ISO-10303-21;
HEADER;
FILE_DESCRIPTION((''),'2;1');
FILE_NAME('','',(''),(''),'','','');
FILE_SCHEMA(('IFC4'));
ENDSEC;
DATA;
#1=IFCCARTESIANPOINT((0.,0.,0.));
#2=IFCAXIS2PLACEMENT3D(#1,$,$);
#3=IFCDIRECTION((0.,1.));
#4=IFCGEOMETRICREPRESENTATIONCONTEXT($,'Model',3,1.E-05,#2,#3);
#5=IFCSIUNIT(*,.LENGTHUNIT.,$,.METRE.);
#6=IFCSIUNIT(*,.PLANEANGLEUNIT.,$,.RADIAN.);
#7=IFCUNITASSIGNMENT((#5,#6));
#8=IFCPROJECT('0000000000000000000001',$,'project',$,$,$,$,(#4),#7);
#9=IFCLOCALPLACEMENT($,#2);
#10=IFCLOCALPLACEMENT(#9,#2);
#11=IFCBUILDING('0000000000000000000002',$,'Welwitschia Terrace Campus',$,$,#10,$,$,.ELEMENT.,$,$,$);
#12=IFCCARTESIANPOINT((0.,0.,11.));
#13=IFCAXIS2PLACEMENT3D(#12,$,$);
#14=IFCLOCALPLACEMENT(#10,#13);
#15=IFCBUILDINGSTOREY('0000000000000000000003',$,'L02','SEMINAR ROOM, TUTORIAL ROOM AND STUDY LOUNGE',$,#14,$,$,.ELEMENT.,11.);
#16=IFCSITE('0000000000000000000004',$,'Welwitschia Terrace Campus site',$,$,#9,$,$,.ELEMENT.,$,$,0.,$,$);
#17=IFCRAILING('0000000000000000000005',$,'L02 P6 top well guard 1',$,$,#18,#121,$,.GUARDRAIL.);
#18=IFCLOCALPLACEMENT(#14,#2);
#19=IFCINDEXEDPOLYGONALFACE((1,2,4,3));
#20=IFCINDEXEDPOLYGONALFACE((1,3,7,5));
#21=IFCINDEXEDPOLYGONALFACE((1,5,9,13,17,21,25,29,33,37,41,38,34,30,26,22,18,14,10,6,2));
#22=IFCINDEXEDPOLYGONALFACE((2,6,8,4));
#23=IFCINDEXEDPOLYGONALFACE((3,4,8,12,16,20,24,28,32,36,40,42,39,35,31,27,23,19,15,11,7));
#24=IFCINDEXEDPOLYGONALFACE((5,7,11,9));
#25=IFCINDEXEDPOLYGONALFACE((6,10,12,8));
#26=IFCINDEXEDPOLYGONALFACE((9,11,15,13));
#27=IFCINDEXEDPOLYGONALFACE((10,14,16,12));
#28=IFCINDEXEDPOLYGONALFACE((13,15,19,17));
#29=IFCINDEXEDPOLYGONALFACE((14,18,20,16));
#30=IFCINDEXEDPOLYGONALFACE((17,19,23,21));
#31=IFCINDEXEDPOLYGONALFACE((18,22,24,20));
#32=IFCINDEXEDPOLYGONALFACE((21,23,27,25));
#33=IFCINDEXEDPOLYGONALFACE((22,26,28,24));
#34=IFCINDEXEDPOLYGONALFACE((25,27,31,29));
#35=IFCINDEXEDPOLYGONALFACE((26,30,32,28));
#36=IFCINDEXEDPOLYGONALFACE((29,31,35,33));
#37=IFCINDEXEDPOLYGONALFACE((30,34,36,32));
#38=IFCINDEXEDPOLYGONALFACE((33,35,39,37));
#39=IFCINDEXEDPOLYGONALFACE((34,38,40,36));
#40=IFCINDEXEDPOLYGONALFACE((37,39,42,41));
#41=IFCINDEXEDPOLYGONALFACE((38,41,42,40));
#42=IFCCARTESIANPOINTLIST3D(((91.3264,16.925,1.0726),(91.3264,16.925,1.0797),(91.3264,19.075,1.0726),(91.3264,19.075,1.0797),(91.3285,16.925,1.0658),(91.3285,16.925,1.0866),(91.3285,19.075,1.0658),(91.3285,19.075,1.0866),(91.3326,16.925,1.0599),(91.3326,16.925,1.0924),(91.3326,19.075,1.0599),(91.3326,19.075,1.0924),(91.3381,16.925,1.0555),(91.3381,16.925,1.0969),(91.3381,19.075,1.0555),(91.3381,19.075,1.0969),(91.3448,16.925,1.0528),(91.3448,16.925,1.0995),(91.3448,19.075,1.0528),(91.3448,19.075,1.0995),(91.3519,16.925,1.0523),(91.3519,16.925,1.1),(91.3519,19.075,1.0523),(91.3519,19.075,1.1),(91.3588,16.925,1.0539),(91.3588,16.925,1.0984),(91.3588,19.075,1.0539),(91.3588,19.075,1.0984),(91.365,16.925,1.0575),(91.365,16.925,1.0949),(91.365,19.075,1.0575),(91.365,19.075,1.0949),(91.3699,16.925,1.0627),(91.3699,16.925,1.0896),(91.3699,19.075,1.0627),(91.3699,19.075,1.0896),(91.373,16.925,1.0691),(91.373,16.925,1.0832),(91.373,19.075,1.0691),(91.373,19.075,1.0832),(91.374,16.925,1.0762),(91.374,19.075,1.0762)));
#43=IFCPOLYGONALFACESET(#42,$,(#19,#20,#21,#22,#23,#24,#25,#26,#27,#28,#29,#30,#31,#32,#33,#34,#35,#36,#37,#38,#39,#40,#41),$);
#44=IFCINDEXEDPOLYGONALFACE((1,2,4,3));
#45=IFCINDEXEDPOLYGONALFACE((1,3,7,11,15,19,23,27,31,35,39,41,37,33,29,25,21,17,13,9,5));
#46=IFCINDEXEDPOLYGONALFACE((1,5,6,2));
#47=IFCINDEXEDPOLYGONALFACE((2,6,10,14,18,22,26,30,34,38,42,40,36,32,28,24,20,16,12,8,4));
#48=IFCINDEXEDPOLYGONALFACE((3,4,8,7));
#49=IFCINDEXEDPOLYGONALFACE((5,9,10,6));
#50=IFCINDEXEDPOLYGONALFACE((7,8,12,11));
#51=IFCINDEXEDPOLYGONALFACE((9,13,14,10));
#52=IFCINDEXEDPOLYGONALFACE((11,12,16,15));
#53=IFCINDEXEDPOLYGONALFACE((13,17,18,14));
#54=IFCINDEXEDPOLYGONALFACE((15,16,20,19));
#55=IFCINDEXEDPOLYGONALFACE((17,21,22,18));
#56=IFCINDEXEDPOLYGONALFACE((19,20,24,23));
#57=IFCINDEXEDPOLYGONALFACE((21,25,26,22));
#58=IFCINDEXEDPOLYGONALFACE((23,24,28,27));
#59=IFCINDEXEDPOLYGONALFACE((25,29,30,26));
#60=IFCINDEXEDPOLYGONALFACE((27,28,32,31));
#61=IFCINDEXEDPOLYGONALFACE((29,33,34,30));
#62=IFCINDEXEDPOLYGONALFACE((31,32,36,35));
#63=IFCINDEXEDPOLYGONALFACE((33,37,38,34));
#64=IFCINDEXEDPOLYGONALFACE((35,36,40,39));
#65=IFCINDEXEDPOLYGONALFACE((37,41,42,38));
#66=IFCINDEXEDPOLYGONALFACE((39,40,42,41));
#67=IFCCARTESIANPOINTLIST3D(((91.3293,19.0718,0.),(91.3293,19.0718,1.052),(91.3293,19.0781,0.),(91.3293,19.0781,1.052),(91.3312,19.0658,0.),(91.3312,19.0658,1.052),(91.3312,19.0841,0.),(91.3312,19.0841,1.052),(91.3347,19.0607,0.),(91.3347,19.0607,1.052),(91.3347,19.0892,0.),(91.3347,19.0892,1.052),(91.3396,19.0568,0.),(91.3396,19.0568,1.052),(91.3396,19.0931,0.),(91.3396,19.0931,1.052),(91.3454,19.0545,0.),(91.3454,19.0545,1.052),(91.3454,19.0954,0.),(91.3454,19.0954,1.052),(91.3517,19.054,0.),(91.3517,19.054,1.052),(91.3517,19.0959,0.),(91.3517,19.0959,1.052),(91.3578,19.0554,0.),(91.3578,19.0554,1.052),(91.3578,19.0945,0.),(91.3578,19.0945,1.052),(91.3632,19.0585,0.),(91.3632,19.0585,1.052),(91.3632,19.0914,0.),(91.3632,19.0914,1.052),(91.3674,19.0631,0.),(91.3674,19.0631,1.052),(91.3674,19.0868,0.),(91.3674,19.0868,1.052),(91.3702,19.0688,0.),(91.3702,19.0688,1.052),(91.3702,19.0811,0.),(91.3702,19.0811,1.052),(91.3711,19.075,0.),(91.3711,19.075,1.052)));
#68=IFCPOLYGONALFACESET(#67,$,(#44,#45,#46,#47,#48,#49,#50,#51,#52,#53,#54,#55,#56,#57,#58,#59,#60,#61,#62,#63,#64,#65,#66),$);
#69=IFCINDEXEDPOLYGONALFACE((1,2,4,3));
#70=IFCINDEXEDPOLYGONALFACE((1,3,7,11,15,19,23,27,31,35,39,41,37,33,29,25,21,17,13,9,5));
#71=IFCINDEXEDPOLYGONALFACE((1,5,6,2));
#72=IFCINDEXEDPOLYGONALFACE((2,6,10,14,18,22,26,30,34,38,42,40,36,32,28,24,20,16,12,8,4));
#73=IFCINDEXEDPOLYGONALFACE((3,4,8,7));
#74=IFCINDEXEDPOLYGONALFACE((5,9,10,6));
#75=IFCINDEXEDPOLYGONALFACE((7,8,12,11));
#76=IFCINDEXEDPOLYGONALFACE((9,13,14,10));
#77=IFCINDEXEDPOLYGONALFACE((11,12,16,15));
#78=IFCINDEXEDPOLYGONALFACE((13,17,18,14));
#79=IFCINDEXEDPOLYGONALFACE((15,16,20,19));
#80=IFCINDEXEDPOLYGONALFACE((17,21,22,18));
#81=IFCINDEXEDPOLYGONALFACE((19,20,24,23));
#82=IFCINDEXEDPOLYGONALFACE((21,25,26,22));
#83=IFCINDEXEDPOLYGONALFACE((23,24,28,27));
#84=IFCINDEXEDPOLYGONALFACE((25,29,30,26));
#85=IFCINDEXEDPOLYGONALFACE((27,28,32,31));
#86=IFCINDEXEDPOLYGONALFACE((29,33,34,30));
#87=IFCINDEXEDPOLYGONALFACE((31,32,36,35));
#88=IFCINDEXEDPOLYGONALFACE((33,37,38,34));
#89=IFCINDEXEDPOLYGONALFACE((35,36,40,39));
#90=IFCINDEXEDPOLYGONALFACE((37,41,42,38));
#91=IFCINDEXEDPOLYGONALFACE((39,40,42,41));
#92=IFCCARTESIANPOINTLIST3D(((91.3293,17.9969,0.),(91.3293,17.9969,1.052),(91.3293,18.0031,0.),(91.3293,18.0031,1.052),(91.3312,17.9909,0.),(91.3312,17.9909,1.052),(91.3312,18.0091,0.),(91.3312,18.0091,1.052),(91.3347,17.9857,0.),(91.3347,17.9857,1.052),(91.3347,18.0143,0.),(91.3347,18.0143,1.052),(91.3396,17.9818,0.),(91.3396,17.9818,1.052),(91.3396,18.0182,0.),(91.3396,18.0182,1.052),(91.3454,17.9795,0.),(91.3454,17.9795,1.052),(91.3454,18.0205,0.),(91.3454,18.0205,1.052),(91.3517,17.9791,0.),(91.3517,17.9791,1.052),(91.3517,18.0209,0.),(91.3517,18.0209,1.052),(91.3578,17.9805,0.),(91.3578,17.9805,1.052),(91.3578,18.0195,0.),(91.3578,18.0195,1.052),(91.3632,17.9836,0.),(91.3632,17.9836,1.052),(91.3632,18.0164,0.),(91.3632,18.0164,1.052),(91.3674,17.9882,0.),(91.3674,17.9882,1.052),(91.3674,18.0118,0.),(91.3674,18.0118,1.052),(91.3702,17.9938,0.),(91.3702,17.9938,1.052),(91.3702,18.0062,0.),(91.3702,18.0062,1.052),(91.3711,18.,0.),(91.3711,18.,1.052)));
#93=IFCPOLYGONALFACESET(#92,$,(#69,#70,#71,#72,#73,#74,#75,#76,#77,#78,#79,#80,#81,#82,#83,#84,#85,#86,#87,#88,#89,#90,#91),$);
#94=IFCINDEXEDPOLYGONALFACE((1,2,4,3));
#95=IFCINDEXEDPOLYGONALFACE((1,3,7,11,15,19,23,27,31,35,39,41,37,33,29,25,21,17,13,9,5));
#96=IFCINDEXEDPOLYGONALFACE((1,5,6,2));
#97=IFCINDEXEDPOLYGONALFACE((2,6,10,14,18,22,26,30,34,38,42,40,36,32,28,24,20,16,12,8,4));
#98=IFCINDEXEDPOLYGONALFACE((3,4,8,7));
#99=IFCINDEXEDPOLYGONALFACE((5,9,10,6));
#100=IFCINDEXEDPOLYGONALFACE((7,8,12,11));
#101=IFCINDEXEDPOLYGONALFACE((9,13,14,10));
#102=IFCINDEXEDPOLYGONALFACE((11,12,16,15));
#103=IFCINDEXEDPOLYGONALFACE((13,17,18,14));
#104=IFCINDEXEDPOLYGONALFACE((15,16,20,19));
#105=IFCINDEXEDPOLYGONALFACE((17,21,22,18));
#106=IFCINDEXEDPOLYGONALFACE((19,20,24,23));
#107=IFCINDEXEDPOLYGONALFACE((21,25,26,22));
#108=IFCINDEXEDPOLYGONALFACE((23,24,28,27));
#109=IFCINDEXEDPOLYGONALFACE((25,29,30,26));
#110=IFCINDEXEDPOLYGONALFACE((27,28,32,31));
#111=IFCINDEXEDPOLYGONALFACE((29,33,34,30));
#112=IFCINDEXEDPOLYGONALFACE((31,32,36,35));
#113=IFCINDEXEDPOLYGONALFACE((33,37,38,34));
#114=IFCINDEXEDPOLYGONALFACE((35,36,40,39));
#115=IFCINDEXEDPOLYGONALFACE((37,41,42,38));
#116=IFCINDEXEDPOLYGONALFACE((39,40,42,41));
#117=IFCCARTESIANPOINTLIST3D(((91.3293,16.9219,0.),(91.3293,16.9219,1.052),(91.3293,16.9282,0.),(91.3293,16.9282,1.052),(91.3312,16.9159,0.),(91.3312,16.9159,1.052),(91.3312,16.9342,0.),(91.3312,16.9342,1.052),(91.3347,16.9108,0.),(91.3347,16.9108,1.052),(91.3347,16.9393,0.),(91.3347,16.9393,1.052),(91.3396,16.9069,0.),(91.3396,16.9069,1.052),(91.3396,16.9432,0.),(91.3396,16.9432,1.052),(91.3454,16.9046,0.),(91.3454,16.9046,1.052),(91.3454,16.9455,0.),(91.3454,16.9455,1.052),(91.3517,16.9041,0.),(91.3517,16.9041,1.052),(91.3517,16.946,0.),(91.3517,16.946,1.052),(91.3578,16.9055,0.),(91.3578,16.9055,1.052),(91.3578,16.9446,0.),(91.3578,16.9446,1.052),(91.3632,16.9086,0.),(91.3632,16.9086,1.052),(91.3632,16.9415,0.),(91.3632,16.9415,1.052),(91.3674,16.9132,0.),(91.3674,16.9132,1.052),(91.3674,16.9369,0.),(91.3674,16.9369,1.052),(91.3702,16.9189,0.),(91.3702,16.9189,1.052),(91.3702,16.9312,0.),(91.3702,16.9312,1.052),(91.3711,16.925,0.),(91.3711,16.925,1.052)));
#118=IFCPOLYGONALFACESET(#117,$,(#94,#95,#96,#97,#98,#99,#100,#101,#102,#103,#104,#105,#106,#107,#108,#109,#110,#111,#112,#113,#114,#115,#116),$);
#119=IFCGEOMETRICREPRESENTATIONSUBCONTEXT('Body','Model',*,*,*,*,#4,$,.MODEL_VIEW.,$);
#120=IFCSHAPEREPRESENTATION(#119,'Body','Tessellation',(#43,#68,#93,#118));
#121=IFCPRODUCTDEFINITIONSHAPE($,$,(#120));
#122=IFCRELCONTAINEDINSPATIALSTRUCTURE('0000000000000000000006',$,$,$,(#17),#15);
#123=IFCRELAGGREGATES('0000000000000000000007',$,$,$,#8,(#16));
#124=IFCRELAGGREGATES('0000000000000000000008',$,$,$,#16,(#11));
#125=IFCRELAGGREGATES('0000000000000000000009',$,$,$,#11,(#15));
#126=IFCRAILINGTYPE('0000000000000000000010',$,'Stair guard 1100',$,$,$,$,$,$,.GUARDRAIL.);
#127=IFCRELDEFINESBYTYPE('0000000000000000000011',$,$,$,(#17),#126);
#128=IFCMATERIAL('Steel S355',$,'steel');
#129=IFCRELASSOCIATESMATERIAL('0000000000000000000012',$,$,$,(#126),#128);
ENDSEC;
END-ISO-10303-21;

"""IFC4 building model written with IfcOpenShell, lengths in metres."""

from ifc_helpers import new_model, si_unit, direction, frame, origin, origin_2d, place, context, subcontext, project, spatial, circle, extrude, material, type_object, element, save


model = new_model("IFC4")

# Units and contexts
model_context = context("Model", 3, precision=1e-05, world=origin(), true_north=direction((0.0, 1.0)))
body_context = subcontext(model_context, "Body", "Model", "MODEL_VIEW")
ifc_project = project(units=[si_unit("LENGTHUNIT", "METRE"), si_unit("PLANEANGLEUNIT", "RADIAN")], contexts=[model_context])

# Site, building, storey
site_placement = place(None, origin())
site = spatial("IfcSite", under=ifc_project, at=site_placement, Name="Welwitschia Terrace Campus site", CompositionType="ELEMENT", RefElevation=0.0)
building_placement = place(site_placement, origin())
building = spatial("IfcBuilding", under=site, at=building_placement, Name="Welwitschia Terrace Campus", CompositionType="ELEMENT")
storey_placement = place(building_placement, frame((0.0, 0.0, 11.0)))
storey = spatial("IfcBuildingStorey", under=building, at=storey_placement, Name="L02", Description="SEMINAR ROOM, TUTORIAL ROOM AND STUDY LOUNGE", CompositionType="ELEMENT", Elevation=11.0)

# Railing
ifc_material_1 = material(Name="Steel S355", Category="steel")
railing_type = type_object("IfcRailingType", Name="Stair guard 1100", PredefinedType="GUARDRAIL", material=ifc_material_1)
railing_1_placement = place(storey_placement, frame((91.3501, 19.075, 0.0)))
element("IfcRailing", 1, at=railing_1_placement, inside=storey, type_object=railing_type, Name="L02 P6 top well guard 1", PredefinedType="GUARDRAIL", context=body_context, shape_type="SweptSolid", body=[
    extrude(circle(Radius=0.0239, at=origin_2d()), frame((0.0, 0.0, 1.0762), z_axis=(0.0, -1.0, 0.0), x_axis=(1.0, 0.0, 0.0)), (0.0, 0.0, 1.0), 2.1499),
    extrude(circle(Radius=0.021, at=origin_2d()), origin(), (0.0, 0.0, 1.0), 1.052),
    extrude(circle(Radius=0.021, at=origin_2d()), frame((0.0, -1.075, 0.0)), (0.0, 0.0, 1.0), 1.052),
    extrude(circle(Radius=0.021, at=origin_2d()), frame((0.0, -2.1499, 0.0)), (0.0, 0.0, 1.0), 1.052),
])

save(model, "model.ifc")
